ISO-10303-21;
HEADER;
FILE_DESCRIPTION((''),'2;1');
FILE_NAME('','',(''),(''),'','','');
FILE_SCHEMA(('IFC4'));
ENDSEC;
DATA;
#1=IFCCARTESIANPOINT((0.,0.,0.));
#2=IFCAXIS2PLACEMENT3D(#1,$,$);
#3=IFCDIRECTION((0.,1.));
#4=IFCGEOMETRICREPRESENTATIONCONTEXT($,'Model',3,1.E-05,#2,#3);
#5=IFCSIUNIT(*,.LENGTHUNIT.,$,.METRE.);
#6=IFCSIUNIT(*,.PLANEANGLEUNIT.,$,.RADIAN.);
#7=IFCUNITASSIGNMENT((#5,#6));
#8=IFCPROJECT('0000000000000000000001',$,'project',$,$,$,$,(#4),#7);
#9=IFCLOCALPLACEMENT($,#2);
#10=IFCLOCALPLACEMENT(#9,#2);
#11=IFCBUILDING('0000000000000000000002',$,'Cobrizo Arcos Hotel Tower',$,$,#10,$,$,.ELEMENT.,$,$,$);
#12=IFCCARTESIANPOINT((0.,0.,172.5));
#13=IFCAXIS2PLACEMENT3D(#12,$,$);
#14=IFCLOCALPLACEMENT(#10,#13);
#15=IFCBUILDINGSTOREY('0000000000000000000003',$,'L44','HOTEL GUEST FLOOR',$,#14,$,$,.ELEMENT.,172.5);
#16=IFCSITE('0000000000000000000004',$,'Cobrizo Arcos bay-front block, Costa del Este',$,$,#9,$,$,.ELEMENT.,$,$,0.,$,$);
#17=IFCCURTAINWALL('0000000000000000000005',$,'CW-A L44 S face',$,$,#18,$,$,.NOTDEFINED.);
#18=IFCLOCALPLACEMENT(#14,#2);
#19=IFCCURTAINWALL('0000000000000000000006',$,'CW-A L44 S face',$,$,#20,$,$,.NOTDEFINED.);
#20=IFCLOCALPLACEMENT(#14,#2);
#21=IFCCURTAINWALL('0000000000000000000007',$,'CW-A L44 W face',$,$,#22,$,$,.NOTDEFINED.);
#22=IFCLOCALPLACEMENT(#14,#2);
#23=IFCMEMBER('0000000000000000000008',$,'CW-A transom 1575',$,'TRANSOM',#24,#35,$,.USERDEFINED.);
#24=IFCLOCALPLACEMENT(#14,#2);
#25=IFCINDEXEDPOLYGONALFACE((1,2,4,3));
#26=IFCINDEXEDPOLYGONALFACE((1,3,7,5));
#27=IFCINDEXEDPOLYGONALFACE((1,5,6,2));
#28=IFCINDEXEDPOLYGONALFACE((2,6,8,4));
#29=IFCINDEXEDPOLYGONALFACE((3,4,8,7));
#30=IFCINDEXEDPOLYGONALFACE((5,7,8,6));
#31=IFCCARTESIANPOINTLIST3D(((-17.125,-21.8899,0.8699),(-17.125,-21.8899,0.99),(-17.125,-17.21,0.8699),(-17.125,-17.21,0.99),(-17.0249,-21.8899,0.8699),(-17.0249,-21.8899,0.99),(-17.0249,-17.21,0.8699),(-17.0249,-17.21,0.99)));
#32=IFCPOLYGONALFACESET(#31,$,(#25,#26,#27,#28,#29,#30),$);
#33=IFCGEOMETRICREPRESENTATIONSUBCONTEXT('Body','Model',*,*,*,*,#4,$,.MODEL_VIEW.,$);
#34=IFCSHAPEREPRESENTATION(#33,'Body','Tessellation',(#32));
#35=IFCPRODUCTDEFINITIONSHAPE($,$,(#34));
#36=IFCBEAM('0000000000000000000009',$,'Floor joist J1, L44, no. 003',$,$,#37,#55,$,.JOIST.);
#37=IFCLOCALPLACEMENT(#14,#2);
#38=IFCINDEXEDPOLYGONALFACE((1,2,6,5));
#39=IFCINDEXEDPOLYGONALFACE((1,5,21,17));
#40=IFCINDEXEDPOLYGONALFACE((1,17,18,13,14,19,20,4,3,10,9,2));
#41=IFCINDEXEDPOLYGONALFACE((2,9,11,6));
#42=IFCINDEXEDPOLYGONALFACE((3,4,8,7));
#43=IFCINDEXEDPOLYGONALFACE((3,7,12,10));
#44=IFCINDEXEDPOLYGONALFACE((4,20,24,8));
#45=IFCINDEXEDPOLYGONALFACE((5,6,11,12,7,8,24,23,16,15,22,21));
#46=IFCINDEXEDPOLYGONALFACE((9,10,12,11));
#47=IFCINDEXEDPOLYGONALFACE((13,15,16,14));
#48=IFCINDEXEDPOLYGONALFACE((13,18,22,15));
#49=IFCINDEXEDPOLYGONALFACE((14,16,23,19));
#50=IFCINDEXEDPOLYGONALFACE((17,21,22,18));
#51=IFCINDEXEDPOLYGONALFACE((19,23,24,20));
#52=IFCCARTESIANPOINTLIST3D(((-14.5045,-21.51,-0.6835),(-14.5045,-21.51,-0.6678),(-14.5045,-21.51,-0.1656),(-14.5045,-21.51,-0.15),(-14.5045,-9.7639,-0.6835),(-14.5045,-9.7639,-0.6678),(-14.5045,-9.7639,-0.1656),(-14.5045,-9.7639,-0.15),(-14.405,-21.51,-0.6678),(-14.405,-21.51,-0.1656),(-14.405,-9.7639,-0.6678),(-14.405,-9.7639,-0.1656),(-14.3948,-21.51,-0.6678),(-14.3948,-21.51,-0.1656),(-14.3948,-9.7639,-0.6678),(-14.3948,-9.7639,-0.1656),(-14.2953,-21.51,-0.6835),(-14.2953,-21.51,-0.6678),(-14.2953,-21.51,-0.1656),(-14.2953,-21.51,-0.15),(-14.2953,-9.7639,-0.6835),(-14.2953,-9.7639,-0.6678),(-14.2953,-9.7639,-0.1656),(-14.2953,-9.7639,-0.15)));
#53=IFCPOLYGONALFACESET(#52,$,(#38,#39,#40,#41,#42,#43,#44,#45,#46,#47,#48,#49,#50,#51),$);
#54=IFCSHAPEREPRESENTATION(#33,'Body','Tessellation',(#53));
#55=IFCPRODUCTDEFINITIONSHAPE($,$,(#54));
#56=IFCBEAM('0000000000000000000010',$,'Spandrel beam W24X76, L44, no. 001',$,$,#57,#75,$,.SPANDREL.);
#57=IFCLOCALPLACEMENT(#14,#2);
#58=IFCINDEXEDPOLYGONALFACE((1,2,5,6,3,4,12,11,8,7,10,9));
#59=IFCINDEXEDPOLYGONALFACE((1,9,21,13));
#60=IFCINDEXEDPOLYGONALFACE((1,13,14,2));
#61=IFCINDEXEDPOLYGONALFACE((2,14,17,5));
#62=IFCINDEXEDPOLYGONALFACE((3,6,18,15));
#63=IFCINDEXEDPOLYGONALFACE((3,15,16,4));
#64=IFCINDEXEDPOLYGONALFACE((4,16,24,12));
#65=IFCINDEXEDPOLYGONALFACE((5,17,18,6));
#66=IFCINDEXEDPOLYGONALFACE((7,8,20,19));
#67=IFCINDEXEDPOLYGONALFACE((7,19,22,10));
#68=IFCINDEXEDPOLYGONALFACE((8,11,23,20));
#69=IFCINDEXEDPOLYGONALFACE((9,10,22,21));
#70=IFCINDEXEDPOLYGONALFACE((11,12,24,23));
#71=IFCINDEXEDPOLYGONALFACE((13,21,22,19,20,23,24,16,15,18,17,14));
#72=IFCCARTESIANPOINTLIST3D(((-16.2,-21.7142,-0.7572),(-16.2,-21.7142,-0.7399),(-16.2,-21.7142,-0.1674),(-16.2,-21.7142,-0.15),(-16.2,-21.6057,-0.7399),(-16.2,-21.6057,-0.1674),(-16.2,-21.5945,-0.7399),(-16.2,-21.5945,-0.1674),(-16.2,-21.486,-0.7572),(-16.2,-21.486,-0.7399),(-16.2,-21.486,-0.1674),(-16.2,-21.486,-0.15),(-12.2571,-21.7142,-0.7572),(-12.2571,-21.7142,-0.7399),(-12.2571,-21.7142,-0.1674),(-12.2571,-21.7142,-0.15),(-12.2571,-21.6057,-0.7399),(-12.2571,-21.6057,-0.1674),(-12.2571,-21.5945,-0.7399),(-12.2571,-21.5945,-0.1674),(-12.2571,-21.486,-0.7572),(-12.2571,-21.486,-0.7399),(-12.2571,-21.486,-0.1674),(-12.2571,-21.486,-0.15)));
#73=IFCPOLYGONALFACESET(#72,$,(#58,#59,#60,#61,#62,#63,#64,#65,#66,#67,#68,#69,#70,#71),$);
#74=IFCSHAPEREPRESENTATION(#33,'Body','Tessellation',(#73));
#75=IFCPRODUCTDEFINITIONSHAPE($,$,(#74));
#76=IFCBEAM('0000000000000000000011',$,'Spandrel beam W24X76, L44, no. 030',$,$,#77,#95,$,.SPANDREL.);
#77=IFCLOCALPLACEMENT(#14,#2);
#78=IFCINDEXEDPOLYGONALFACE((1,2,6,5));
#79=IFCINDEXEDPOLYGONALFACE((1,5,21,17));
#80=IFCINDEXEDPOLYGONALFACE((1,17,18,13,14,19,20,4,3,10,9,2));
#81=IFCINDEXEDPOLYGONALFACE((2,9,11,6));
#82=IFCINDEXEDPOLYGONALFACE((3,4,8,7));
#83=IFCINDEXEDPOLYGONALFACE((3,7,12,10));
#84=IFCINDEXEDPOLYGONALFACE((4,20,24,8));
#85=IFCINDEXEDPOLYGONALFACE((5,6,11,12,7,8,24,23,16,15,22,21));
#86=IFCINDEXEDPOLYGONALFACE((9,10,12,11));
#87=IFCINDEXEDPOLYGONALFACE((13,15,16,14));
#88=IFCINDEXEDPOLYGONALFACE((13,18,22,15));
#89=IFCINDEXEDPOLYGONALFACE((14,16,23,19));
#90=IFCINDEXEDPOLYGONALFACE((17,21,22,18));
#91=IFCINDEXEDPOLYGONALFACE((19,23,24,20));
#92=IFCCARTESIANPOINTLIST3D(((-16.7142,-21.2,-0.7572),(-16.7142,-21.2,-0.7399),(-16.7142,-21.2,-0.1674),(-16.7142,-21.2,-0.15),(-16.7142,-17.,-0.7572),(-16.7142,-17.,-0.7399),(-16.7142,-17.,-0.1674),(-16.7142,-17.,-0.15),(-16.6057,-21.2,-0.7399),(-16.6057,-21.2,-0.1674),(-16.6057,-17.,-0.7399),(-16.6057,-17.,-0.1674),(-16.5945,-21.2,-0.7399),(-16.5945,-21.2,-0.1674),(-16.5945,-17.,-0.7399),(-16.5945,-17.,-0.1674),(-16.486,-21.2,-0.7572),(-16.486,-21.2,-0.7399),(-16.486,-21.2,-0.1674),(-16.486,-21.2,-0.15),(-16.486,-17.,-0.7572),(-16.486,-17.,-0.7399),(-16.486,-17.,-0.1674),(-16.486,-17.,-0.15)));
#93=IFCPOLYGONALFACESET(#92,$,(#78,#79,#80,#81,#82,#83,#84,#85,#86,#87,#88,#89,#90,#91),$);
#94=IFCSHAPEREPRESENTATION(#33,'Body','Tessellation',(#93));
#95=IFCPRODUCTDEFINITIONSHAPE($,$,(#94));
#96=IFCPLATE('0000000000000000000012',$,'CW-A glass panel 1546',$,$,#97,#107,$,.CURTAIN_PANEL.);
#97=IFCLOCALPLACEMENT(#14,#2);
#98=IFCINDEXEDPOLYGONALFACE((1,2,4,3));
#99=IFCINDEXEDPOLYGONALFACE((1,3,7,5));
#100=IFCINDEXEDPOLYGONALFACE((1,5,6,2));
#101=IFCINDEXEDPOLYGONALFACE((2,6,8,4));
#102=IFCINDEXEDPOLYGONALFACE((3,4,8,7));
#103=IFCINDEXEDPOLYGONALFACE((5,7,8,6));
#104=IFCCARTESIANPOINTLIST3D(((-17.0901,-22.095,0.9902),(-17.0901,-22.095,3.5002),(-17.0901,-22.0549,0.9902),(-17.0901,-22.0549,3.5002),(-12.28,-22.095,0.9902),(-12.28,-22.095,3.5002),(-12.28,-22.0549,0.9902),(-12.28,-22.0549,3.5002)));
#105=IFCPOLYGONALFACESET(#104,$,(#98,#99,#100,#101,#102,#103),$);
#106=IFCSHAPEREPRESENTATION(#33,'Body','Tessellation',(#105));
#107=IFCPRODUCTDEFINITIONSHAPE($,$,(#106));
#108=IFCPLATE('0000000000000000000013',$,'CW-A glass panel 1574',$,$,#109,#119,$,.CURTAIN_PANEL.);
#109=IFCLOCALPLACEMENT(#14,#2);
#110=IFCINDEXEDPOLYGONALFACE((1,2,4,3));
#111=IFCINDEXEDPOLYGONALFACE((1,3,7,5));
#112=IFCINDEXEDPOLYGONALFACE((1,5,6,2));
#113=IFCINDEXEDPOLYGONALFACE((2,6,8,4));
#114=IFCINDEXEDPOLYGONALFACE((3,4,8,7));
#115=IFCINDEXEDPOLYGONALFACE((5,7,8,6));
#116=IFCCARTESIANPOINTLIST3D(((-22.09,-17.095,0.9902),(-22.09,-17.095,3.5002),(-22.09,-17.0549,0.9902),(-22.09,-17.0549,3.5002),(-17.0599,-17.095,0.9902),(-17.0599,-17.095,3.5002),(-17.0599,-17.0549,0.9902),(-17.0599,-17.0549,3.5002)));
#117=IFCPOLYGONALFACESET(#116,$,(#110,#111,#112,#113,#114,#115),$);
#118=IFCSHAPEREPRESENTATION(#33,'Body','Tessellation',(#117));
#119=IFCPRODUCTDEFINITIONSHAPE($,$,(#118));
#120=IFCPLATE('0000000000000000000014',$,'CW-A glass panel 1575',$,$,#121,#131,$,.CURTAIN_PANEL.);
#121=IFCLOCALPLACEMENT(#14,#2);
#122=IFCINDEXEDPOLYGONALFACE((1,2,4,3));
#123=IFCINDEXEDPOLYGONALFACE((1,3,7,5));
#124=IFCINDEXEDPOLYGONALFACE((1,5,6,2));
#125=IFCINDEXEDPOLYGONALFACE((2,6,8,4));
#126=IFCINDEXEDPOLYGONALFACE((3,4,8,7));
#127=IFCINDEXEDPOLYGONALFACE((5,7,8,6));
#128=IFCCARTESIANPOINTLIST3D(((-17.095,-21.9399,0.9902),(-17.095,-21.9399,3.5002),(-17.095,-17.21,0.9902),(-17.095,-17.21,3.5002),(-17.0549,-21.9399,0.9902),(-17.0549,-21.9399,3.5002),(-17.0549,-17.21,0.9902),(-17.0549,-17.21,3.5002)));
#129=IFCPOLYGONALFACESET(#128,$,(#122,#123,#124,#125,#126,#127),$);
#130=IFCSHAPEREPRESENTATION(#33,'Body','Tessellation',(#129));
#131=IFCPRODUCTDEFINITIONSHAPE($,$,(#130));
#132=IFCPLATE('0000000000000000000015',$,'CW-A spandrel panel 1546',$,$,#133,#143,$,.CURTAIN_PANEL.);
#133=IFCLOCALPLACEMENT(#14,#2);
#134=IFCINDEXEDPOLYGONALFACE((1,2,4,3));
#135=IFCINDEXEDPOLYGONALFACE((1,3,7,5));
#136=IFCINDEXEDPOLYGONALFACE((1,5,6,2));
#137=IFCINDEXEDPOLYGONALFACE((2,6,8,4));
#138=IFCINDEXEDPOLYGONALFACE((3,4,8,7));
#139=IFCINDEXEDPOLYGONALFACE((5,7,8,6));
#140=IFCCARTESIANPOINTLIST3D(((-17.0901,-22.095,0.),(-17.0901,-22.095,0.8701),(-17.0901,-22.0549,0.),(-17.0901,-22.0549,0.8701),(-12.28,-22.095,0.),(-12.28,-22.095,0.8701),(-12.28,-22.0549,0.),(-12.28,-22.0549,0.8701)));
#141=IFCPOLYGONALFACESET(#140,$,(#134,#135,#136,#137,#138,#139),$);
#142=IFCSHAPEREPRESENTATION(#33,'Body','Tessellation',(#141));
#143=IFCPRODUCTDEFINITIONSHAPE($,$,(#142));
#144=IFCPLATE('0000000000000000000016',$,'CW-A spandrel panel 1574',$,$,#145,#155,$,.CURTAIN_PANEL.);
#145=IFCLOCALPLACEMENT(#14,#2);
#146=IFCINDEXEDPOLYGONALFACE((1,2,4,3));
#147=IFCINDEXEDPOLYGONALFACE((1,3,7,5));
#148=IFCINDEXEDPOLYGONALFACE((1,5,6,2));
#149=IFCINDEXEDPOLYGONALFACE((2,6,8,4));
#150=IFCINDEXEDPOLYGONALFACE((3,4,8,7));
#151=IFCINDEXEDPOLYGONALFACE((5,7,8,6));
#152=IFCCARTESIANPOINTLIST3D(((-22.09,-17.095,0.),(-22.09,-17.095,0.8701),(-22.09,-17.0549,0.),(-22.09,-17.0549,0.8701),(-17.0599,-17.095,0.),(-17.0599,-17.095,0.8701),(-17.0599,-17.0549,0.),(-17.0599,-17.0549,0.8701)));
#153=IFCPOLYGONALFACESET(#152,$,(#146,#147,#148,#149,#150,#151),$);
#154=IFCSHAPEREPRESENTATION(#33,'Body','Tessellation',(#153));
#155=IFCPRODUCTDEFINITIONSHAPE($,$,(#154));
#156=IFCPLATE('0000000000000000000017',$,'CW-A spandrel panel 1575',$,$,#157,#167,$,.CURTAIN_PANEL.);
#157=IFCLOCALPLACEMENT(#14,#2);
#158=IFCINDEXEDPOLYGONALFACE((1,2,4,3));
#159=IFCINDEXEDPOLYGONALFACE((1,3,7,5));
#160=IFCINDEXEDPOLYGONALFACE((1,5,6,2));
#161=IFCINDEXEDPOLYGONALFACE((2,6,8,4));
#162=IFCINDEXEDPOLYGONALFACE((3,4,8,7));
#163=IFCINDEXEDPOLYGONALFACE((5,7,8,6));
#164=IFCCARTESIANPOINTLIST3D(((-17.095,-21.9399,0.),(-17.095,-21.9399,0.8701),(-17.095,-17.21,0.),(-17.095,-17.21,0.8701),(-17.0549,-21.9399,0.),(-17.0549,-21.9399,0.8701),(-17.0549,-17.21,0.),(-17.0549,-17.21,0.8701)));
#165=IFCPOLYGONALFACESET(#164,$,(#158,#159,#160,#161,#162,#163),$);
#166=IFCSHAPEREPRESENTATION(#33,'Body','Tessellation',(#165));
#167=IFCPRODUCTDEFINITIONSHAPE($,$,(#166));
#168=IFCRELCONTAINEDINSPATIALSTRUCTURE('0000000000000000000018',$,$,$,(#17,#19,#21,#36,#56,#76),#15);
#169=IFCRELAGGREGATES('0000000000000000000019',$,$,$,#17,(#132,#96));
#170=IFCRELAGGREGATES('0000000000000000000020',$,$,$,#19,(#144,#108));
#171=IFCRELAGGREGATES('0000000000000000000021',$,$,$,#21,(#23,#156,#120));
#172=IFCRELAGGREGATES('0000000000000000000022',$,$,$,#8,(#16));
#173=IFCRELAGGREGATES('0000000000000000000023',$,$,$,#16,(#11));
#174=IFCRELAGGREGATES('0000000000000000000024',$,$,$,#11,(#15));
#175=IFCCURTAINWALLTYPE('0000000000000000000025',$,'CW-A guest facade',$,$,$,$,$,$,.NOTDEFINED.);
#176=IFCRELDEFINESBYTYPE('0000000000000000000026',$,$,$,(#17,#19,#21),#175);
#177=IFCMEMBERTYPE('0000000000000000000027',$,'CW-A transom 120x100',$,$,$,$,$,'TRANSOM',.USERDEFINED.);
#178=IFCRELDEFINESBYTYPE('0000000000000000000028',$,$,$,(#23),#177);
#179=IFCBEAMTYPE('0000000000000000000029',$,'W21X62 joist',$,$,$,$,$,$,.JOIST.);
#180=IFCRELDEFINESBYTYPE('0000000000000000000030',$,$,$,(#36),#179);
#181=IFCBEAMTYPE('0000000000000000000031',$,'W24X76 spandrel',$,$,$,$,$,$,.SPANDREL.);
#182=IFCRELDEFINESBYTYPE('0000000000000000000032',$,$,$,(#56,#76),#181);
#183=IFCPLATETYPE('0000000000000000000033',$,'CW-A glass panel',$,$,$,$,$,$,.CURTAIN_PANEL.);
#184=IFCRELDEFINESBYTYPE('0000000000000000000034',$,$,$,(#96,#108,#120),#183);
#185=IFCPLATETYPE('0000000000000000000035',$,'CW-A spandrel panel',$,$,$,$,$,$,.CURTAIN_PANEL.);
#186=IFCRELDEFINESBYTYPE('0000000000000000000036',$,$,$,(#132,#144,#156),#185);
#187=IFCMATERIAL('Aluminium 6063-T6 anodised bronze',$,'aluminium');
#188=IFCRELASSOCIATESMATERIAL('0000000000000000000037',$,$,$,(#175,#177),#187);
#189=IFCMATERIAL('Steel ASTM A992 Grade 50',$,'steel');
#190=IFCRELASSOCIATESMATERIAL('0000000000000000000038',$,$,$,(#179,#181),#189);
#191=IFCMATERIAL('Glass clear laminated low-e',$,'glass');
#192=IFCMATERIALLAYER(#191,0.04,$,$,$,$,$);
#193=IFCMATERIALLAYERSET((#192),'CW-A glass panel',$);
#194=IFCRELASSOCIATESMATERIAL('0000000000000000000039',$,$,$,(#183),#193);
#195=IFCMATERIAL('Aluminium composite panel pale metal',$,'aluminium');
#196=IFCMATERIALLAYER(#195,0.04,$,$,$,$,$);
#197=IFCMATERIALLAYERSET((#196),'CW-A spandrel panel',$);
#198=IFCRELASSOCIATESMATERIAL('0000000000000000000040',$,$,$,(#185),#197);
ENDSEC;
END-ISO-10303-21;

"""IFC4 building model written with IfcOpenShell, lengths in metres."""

from ifc_helpers import new_model, si_unit, direction, frame, origin, origin_2d, place, context, subcontext, project, spatial, rectangle, i_section, extrude, material, layer, layer_set, material_profile, profile_set, type_object, element, aggregate, save


model = new_model("IFC4")

# Units and contexts
model_context = context("Model", 3, precision=1e-05, world=origin(), true_north=direction((0.0, 1.0)))
body_context = subcontext(model_context, "Body", "Model", "MODEL_VIEW")
ifc_project = project(units=[si_unit("LENGTHUNIT", "METRE"), si_unit("PLANEANGLEUNIT", "RADIAN")], contexts=[model_context])

# Site, building, storey
site_placement = place(None, origin())
site = spatial("IfcSite", under=ifc_project, at=site_placement, Name="Cobrizo Arcos bay-front block, Costa del Este", CompositionType="ELEMENT", RefElevation=0.0)
building_placement = place(site_placement, origin())
building = spatial("IfcBuilding", under=site, at=building_placement, Name="Cobrizo Arcos Hotel Tower", CompositionType="ELEMENT")
storey_placement = place(building_placement, frame((0.0, 0.0, 172.5)))
storey = spatial("IfcBuildingStorey", under=building, at=storey_placement, Name="L44", Description="HOTEL GUEST FLOOR", CompositionType="ELEMENT", Elevation=172.5)

# Curtain wall
ifc_material_1 = material(Name="Aluminium 6063-T6 anodised bronze", Category="aluminium")
curtain_wall_type = type_object("IfcCurtainWallType", Name="CW-A guest facade", PredefinedType="NOTDEFINED", material=ifc_material_1)
curtain_wall_1_placement = place(storey_placement, origin())
curtain_wall_1 = element("IfcCurtainWall", 1, at=curtain_wall_1_placement, inside=storey, type_object=curtain_wall_type, Name="CW-A L44 S face", PredefinedType="NOTDEFINED")

# Curtain walls
curtain_wall_2_placement = place(storey_placement, origin())
curtain_wall_2 = element("IfcCurtainWall", 2, at=curtain_wall_2_placement, inside=storey, type_object=curtain_wall_type, Name="CW-A L44 S face", PredefinedType="NOTDEFINED")
curtain_wall_3_placement = place(storey_placement, origin())
curtain_wall_3 = element("IfcCurtainWall", 3, at=curtain_wall_3_placement, inside=storey, type_object=curtain_wall_type, Name="CW-A L44 W face", PredefinedType="NOTDEFINED")

# Member
ifc_material_profile_1 = material_profile(ifc_material_1, rectangle(XDim=0.1001, YDim=0.1201, at=origin_2d()), Name="CW-A transom 120x100")
ifc_profile_set_1 = profile_set([ifc_material_profile_1], Name="Aluminium 6063-T6 anodised bronze")
member_type_1 = type_object("IfcMemberType", Name="CW-A transom 120x100", ElementType="TRANSOM", PredefinedType="USERDEFINED", material=ifc_profile_set_1)
member_1_placement = place(storey_placement, frame((-17.075, -17.21, 0.9299), z_axis=(0.0, -1.0, 0.0), x_axis=(1.0, 0.0, 0.0)))
member_1 = element("IfcMember", 4, at=member_1_placement, type_object=member_type_1, Name="CW-A transom 1575", ObjectType="TRANSOM", PredefinedType="USERDEFINED", context=body_context, shape_type="SweptSolid", body=[
    extrude(rectangle(XDim=0.1001, YDim=0.1201, at=origin_2d()), origin(), (0.0, 0.0, 1.0), 4.6799),
])

# Beams
ifc_material_2 = material(Name="Steel ASTM A992 Grade 50", Category="steel")
ifc_material_profile_2 = material_profile(ifc_material_2, i_section(OverallWidth=0.2092, OverallDepth=0.5334, WebThickness=0.0103, FlangeThickness=0.0156, at=origin_2d()), Name="W21X62")
ifc_profile_set_2 = profile_set([ifc_material_profile_2], Name="Steel ASTM A992 Grade 50")
beam_type_1 = type_object("IfcBeamType", Name="W21X62 joist", PredefinedType="JOIST", material=ifc_profile_set_2)
beam_1_placement = place(storey_placement, frame((-14.3999, -21.51, -0.4167), z_axis=(0.0, 1.0, 0.0), x_axis=(-1.0, 0.0, 0.0)))
element("IfcBeam", 5, at=beam_1_placement, inside=storey, type_object=beam_type_1, Name="Floor joist J1, L44, no. 003", PredefinedType="JOIST", context=body_context, shape_type="SweptSolid", body=[
    extrude(i_section(OverallWidth=0.2092, OverallDepth=0.5334, WebThickness=0.0103, FlangeThickness=0.0156, at=origin_2d()), origin(), (0.0, 0.0, 1.0), 11.7461),
])
ifc_material_profile_3 = material_profile(ifc_material_2, i_section(OverallWidth=0.2283, OverallDepth=0.6072, WebThickness=0.0112, FlangeThickness=0.0173, at=origin_2d()), Name="W24X76")
ifc_profile_set_3 = profile_set([ifc_material_profile_3], Name="Steel ASTM A992 Grade 50")
beam_type_2 = type_object("IfcBeamType", Name="W24X76 spandrel", PredefinedType="SPANDREL", material=ifc_profile_set_3)
beam_2_placement = place(storey_placement, frame((-16.2, -21.6001, -0.4536), z_axis=(1.0, 0.0, 0.0), x_axis=(0.0, 1.0, 0.0)))
element("IfcBeam", 6, at=beam_2_placement, inside=storey, type_object=beam_type_2, Name="Spandrel beam W24X76, L44, no. 001", PredefinedType="SPANDREL", context=body_context, shape_type="SweptSolid", body=[
    extrude(i_section(OverallWidth=0.2283, OverallDepth=0.6072, WebThickness=0.0112, FlangeThickness=0.0173, at=origin_2d()), origin(), (0.0, 0.0, 1.0), 3.9429),
])
beam_3_placement = place(storey_placement, frame((-16.6001, -17.0, -0.4536), z_axis=(0.0, -1.0, 0.0), x_axis=(1.0, 0.0, 0.0)))
element("IfcBeam", 7, at=beam_3_placement, inside=storey, type_object=beam_type_2, Name="Spandrel beam W24X76, L44, no. 030", PredefinedType="SPANDREL", context=body_context, shape_type="SweptSolid", body=[
    extrude(i_section(OverallWidth=0.2283, OverallDepth=0.6072, WebThickness=0.0112, FlangeThickness=0.0173, at=origin_2d()), origin(), (0.0, 0.0, 1.0), 4.2),
])

# Plates
ifc_material_3 = material(Name="Glass clear laminated low-e", Category="glass")
ifc_layer_1 = layer(ifc_material_3, 0.04)
ifc_layer_set_1 = layer_set([ifc_layer_1], Name="CW-A glass panel")
plate_type_1 = type_object("IfcPlateType", Name="CW-A glass panel", PredefinedType="CURTAIN_PANEL", material=ifc_layer_set_1)
plate_1_placement = place(storey_placement, frame((-14.6851, -22.075, 0.9902), z_axis=(0.0, 0.0, 1.0), x_axis=(1.0, 0.0, 0.0)))
plate_1 = element("IfcPlate", 8, at=plate_1_placement, type_object=plate_type_1, Name="CW-A glass panel 1546", PredefinedType="CURTAIN_PANEL", context=body_context, shape_type="SweptSolid", body=[
    extrude(rectangle(XDim=4.8101, YDim=0.04, at=origin_2d()), origin(), (0.0, 0.0, 1.0), 2.51),
])
plate_2_placement = place(storey_placement, frame((-19.575, -17.075, 0.9902), z_axis=(0.0, 0.0, 1.0), x_axis=(1.0, 0.0, 0.0)))
plate_2 = element("IfcPlate", 9, at=plate_2_placement, type_object=plate_type_1, Name="CW-A glass panel 1574", PredefinedType="CURTAIN_PANEL", context=body_context, shape_type="SweptSolid", body=[
    extrude(rectangle(XDim=5.03, YDim=0.04, at=origin_2d()), origin(), (0.0, 0.0, 1.0), 2.51),
])
plate_3_placement = place(storey_placement, frame((-17.075, -19.575, 0.9902), z_axis=(0.0, 0.0, 1.0), x_axis=(0.0, -1.0, 0.0)))
plate_3 = element("IfcPlate", 10, at=plate_3_placement, type_object=plate_type_1, Name="CW-A glass panel 1575", PredefinedType="CURTAIN_PANEL", context=body_context, shape_type="SweptSolid", body=[
    extrude(rectangle(XDim=4.73, YDim=0.04, at=origin_2d()), origin(), (0.0, 0.0, 1.0), 2.51),
])
ifc_material_4 = material(Name="Aluminium composite panel pale metal", Category="aluminium")
ifc_layer_2 = layer(ifc_material_4, 0.04)
ifc_layer_set_2 = layer_set([ifc_layer_2], Name="CW-A spandrel panel")
plate_type_2 = type_object("IfcPlateType", Name="CW-A spandrel panel", PredefinedType="CURTAIN_PANEL", material=ifc_layer_set_2)
plate_4_placement = place(storey_placement, frame((-14.6851, -22.075, 0.0), z_axis=(0.0, 0.0, 1.0), x_axis=(1.0, 0.0, 0.0)))
plate_4 = element("IfcPlate", 11, at=plate_4_placement, type_object=plate_type_2, Name="CW-A spandrel panel 1546", PredefinedType="CURTAIN_PANEL", context=body_context, shape_type="SweptSolid", body=[
    extrude(rectangle(XDim=4.8101, YDim=0.04, at=origin_2d()), origin(), (0.0, 0.0, 1.0), 0.8701),
])
aggregate(curtain_wall_1, [plate_4, plate_1])
plate_5_placement = place(storey_placement, frame((-19.575, -17.075, 0.0), z_axis=(0.0, 0.0, 1.0), x_axis=(1.0, 0.0, 0.0)))
plate_5 = element("IfcPlate", 12, at=plate_5_placement, type_object=plate_type_2, Name="CW-A spandrel panel 1574", PredefinedType="CURTAIN_PANEL", context=body_context, shape_type="SweptSolid", body=[
    extrude(rectangle(XDim=5.03, YDim=0.04, at=origin_2d()), origin(), (0.0, 0.0, 1.0), 0.8701),
])
aggregate(curtain_wall_2, [plate_5, plate_2])
plate_6_placement = place(storey_placement, frame((-17.075, -19.575, 0.0), z_axis=(0.0, 0.0, 1.0), x_axis=(0.0, -1.0, 0.0)))
plate_6 = element("IfcPlate", 13, at=plate_6_placement, type_object=plate_type_2, Name="CW-A spandrel panel 1575", PredefinedType="CURTAIN_PANEL", context=body_context, shape_type="SweptSolid", body=[
    extrude(rectangle(XDim=4.73, YDim=0.04, at=origin_2d()), origin(), (0.0, 0.0, 1.0), 0.8701),
])
aggregate(curtain_wall_3, [member_1, plate_6, plate_3])

save(model, "model.ifc")
